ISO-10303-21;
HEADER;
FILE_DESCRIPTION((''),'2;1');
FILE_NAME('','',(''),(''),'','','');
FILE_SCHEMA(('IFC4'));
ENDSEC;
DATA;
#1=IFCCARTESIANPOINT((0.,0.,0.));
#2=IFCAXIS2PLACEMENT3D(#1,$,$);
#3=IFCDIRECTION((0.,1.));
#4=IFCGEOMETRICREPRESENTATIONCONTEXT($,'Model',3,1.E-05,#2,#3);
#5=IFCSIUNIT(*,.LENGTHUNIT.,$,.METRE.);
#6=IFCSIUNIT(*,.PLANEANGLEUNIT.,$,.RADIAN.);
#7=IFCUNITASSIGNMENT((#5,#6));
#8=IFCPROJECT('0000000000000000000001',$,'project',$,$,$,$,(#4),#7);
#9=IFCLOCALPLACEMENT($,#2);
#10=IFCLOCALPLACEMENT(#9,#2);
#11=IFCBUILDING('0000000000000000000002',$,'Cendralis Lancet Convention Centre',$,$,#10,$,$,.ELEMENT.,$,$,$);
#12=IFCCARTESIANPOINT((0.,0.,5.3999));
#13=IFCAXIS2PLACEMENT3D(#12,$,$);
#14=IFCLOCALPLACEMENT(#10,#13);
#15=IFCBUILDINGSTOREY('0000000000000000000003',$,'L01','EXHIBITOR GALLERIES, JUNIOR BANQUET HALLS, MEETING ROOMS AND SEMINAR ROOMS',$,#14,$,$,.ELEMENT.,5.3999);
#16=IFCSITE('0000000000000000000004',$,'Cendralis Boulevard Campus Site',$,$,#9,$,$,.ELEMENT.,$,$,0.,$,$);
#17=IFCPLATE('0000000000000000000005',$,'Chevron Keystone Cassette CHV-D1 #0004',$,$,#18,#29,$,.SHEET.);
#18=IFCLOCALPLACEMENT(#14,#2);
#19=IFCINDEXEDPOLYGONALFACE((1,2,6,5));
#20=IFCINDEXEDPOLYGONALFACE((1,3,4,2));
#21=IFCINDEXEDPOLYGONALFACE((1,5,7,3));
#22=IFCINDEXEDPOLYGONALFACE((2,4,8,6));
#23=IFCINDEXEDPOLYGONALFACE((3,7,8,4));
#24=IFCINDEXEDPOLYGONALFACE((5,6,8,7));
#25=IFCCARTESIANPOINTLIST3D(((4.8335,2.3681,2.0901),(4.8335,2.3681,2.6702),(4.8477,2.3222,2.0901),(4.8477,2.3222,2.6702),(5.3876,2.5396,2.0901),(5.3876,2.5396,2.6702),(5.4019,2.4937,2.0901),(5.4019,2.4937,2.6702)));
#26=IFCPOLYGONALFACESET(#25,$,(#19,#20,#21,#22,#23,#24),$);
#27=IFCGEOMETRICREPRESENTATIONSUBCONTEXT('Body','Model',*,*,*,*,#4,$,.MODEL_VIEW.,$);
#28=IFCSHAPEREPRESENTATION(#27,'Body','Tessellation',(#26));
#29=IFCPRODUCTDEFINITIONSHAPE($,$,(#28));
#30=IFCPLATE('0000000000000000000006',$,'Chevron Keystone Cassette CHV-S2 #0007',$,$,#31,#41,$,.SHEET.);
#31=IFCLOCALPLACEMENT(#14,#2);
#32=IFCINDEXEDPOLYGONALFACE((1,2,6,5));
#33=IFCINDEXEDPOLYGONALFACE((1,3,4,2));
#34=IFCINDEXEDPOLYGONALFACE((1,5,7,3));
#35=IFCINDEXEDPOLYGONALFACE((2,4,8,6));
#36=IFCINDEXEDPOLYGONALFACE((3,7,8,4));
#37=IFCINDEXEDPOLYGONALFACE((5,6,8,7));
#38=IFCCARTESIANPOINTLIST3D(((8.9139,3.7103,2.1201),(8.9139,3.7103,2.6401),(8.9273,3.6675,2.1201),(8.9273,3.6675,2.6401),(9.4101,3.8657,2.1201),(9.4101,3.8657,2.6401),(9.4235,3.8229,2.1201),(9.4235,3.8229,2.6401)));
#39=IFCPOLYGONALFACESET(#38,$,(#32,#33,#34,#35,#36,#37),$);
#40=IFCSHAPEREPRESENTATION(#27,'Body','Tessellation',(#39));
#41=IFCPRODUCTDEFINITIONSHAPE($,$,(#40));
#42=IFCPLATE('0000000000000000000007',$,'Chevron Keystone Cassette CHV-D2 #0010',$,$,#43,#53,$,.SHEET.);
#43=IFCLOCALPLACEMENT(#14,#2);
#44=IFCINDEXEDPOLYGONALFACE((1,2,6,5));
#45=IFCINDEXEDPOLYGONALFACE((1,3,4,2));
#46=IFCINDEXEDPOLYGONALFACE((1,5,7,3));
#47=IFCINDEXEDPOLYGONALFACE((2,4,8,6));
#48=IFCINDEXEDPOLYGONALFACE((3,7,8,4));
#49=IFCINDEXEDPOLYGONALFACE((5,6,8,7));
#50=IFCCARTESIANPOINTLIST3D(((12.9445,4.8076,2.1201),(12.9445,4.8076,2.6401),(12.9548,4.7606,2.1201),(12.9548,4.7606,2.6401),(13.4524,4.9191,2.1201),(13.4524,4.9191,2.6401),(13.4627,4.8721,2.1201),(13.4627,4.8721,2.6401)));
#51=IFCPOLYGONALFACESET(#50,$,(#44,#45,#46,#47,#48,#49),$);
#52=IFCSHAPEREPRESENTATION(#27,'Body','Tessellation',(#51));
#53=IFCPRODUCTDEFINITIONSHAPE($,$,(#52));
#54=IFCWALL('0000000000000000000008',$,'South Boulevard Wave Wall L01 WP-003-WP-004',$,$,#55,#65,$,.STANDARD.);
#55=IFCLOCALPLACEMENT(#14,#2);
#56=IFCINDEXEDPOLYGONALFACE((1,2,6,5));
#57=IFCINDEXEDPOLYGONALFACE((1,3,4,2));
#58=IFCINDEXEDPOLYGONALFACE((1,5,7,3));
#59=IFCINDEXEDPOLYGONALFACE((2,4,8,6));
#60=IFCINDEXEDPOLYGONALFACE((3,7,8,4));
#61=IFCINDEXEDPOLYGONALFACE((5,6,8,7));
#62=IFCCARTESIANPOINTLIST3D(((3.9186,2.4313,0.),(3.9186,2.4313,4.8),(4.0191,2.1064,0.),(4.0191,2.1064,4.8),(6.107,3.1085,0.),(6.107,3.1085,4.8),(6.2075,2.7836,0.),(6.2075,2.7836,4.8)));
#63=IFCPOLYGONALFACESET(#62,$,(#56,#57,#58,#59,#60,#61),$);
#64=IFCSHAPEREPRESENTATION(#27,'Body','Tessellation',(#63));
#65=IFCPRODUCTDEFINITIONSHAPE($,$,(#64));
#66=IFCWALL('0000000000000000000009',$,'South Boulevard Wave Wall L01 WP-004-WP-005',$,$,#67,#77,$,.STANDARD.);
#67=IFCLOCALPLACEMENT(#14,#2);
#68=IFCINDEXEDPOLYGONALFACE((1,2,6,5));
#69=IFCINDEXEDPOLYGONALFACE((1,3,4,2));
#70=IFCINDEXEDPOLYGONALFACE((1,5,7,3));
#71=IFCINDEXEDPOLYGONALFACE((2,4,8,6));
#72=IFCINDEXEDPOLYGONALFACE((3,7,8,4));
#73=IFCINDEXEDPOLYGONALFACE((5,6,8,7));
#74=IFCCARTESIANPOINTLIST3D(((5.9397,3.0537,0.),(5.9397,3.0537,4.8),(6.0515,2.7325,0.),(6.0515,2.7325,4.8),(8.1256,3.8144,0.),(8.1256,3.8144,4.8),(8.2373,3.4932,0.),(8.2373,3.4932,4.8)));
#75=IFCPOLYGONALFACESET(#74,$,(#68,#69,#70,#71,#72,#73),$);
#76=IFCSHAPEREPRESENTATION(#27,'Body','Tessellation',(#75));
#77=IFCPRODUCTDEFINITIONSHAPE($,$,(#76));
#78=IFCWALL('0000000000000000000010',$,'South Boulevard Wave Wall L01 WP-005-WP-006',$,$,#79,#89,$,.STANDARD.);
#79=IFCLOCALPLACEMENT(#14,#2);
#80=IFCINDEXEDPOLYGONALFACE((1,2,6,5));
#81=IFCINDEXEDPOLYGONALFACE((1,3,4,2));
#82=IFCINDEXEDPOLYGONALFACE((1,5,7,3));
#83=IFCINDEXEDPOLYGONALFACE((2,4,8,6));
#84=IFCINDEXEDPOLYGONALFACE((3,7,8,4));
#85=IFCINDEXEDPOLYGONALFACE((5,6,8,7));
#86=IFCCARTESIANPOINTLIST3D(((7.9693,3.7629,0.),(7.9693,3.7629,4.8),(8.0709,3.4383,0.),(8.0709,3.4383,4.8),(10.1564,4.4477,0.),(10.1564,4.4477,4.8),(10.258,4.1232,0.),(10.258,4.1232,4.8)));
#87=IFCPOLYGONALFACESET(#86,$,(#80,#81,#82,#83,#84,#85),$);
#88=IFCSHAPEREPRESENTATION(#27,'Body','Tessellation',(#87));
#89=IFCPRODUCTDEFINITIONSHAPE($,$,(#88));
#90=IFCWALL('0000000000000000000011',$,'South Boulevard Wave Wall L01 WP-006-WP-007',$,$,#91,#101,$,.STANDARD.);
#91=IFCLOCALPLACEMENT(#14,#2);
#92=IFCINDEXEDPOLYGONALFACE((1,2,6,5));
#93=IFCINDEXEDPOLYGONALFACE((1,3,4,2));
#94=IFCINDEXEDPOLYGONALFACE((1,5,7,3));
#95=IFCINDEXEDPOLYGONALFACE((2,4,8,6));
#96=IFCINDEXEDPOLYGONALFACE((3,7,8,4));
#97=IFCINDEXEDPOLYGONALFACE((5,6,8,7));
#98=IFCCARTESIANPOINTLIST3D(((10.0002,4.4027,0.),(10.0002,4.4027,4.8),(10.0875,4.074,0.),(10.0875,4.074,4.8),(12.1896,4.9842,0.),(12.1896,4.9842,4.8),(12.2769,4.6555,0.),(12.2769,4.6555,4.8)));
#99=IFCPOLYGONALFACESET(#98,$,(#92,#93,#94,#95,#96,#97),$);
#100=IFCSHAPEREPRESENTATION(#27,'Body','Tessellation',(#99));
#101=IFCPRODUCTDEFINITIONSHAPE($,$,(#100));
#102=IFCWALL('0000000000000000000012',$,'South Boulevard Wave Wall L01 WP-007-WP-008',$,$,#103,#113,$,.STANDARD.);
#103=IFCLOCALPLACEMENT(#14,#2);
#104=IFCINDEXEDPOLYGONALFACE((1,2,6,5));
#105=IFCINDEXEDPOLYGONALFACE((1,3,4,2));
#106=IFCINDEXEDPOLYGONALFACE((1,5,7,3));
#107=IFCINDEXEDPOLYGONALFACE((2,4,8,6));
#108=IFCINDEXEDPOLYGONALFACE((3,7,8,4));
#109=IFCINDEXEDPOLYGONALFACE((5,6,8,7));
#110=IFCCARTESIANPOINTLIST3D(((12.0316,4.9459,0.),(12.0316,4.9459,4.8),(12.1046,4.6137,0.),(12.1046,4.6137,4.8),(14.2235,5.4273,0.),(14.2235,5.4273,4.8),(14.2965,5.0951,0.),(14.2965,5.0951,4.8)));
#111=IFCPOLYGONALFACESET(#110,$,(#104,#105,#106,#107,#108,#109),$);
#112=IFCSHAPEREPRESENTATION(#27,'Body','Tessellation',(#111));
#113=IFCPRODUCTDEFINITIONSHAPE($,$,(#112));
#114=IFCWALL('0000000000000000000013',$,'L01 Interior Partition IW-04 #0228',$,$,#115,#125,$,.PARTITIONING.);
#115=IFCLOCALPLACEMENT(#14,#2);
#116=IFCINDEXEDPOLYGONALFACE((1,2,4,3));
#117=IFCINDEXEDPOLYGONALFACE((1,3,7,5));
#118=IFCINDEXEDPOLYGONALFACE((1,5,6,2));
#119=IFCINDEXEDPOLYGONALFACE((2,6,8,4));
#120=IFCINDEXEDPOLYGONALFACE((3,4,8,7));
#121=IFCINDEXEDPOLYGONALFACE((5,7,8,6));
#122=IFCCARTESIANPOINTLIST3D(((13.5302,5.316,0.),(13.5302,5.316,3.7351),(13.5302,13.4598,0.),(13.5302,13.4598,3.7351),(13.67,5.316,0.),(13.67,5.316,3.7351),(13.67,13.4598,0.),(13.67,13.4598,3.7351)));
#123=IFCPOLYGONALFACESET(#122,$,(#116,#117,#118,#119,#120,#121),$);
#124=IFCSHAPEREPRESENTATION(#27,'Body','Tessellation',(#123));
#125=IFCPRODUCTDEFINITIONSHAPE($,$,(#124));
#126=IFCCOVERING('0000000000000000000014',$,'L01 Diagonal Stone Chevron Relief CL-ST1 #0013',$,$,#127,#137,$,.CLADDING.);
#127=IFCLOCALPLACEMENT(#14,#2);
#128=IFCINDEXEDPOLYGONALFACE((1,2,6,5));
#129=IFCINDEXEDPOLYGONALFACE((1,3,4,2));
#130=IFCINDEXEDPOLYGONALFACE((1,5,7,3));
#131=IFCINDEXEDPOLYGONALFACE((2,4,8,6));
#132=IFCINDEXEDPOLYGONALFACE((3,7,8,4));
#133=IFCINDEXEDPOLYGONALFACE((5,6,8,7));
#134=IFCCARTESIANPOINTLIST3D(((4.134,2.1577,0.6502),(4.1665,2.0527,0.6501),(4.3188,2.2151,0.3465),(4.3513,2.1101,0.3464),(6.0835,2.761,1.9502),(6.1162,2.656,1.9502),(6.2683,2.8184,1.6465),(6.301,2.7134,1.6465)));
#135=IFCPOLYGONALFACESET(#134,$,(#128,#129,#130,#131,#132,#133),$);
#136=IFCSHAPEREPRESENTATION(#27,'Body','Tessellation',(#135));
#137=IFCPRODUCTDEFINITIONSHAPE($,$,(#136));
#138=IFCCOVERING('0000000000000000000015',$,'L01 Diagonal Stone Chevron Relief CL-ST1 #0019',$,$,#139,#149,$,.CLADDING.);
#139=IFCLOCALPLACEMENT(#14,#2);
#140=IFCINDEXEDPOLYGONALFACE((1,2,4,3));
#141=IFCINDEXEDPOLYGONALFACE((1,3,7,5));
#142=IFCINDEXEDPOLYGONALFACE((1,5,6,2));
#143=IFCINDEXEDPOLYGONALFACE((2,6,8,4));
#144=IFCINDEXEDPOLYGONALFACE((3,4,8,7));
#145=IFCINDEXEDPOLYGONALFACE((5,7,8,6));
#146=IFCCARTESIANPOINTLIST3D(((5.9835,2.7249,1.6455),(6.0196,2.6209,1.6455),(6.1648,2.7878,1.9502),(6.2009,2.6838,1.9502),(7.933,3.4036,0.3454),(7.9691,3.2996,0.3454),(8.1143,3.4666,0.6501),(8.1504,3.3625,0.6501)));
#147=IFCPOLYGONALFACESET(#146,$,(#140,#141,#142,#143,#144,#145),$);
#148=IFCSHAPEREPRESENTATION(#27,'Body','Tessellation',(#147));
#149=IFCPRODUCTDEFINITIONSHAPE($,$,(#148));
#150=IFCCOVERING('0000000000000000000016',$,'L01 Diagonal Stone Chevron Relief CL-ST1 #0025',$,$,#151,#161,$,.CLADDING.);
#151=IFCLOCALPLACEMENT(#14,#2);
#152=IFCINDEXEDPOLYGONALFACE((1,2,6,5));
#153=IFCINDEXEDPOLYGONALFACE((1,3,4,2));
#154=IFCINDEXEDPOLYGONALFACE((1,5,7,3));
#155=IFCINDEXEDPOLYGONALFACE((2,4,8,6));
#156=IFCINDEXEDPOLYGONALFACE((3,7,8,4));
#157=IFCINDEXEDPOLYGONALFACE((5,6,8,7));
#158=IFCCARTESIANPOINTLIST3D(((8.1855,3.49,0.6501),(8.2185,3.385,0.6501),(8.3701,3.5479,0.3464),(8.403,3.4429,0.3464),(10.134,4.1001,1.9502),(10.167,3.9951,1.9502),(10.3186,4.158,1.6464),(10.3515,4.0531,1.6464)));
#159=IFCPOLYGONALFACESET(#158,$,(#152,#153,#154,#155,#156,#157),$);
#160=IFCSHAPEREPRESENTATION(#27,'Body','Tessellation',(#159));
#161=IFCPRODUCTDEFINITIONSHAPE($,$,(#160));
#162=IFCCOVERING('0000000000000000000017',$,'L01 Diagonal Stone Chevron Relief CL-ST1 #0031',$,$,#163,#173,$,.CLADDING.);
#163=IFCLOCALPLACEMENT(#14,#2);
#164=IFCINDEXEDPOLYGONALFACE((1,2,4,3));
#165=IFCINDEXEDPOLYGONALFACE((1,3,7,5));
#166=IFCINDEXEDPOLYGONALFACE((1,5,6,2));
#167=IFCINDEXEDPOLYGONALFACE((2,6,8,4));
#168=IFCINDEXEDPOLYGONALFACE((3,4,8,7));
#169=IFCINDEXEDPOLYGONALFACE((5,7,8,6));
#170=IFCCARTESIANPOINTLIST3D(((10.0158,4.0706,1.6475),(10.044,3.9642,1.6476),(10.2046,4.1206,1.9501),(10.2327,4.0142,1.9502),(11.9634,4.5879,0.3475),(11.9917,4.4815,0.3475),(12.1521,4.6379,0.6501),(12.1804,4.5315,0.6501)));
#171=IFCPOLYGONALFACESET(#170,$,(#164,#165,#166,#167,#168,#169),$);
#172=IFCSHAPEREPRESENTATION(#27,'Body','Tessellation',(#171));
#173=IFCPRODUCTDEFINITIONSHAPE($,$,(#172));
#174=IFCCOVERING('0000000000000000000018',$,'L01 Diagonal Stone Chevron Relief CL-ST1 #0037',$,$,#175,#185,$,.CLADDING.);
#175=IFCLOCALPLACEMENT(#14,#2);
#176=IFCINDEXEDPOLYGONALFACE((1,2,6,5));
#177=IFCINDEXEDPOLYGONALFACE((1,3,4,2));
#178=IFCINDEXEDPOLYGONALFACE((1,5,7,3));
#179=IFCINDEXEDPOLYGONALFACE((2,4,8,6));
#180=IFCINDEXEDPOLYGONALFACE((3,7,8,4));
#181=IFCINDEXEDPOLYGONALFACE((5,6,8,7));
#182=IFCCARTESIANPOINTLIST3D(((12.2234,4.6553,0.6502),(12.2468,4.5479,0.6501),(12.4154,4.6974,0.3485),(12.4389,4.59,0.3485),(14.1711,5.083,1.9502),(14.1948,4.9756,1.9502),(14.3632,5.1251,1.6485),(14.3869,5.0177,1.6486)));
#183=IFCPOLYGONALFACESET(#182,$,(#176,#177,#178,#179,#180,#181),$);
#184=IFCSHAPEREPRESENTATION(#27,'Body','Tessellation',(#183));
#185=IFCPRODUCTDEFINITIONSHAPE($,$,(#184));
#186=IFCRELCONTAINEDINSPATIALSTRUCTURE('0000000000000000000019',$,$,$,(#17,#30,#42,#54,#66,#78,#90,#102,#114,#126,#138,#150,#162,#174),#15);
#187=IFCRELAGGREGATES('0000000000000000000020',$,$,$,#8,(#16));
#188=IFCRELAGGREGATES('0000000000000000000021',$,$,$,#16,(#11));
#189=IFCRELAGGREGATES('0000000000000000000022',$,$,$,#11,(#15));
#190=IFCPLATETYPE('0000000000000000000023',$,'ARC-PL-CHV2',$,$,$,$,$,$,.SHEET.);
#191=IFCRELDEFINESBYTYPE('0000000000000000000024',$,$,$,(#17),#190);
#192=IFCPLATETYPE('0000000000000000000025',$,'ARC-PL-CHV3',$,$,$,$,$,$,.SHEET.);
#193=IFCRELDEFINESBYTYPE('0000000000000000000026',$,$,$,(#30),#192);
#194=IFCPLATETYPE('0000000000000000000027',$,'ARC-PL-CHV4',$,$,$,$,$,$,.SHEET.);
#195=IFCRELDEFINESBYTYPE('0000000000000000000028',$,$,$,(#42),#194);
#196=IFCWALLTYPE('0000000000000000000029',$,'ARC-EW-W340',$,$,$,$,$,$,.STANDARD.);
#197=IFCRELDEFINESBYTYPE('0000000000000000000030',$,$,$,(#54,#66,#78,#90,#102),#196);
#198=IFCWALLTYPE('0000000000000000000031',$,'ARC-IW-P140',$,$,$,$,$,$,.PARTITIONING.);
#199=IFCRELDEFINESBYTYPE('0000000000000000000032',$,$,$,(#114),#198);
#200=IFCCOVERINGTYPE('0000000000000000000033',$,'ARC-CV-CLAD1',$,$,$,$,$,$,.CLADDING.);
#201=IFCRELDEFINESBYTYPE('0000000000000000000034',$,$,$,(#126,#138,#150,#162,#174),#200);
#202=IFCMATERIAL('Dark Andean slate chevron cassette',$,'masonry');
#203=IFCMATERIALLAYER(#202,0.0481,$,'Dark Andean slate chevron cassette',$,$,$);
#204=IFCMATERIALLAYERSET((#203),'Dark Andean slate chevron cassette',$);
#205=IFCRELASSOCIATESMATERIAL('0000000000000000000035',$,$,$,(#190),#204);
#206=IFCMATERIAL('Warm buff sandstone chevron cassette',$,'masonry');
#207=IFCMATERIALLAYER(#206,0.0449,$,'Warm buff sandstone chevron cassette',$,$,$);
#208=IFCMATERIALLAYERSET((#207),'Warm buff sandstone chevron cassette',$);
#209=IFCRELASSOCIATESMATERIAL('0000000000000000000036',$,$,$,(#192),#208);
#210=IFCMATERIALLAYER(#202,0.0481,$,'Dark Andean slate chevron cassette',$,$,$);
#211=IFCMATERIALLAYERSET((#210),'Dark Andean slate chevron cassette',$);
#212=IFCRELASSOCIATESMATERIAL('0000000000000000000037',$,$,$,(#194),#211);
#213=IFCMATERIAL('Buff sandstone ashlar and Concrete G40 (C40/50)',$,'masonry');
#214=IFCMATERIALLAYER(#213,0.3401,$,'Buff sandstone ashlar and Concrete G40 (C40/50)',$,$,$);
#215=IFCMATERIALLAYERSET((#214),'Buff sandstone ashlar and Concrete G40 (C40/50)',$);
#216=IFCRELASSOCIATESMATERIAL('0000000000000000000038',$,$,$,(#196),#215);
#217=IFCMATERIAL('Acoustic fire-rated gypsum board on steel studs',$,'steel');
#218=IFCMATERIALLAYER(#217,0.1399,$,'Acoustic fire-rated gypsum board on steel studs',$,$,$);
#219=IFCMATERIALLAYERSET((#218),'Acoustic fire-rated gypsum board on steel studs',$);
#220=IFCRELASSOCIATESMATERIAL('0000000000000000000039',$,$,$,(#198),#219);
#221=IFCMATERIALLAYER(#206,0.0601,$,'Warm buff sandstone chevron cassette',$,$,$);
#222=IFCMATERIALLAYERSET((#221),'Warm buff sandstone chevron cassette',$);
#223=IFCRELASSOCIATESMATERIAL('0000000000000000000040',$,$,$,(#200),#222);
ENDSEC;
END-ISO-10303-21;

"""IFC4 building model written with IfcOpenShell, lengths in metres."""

from ifc_helpers import new_model, si_unit, direction, frame, frame_2d, origin, origin_2d, place, context, subcontext, project, spatial, polyline, rectangle, outline, extrude, material, layer, layer_set, type_object, element, save


model = new_model("IFC4")

# Units and contexts
model_context = context("Model", 3, precision=1e-05, world=origin(), true_north=direction((0.0, 1.0)))
body_context = subcontext(model_context, "Body", "Model", "MODEL_VIEW")
ifc_project = project(units=[si_unit("LENGTHUNIT", "METRE"), si_unit("PLANEANGLEUNIT", "RADIAN")], contexts=[model_context])

# Site, building, storey
site_placement = place(None, origin())
site = spatial("IfcSite", under=ifc_project, at=site_placement, Name="Cendralis Boulevard Campus Site", CompositionType="ELEMENT", RefElevation=0.0)
building_placement = place(site_placement, origin())
building = spatial("IfcBuilding", under=site, at=building_placement, Name="Cendralis Lancet Convention Centre", CompositionType="ELEMENT")
storey_placement = place(building_placement, frame((0.0, 0.0, 5.3999)))
storey = spatial("IfcBuildingStorey", under=building, at=storey_placement, Name="L01", Description="EXHIBITOR GALLERIES, JUNIOR BANQUET HALLS, MEETING ROOMS AND SEMINAR ROOMS", CompositionType="ELEMENT", Elevation=5.3999)

# Plates
ifc_material_1 = material(Name="Dark Andean slate chevron cassette", Category="masonry")
ifc_layer_1 = layer(ifc_material_1, 0.0481, Name="Dark Andean slate chevron cassette")
ifc_layer_set_1 = layer_set([ifc_layer_1], Name="Dark Andean slate chevron cassette")
plate_type_1 = type_object("IfcPlateType", Name="ARC-PL-CHV2", PredefinedType="SHEET", material=ifc_layer_set_1)
plate_1_placement = place(storey_placement, frame((5.1177, 2.4309, 2.0901), z_axis=(0.0, 0.0, 1.0), x_axis=(0.955299, 0.295641, 0.0)))
element("IfcPlate", 1, at=plate_1_placement, inside=storey, type_object=plate_type_1, Name="Chevron Keystone Cassette CHV-D1 #0004", PredefinedType="SHEET", context=body_context, shape_type="SweptSolid", body=[
    extrude(rectangle(XDim=0.5801, YDim=0.0481, at=origin_2d()), origin(), (0.0, 0.0, 1.0), 0.5801),
])
ifc_material_2 = material(Name="Warm buff sandstone chevron cassette", Category="masonry")
ifc_layer_2 = layer(ifc_material_2, 0.0449, Name="Warm buff sandstone chevron cassette")
ifc_layer_set_2 = layer_set([ifc_layer_2], Name="Warm buff sandstone chevron cassette")
plate_type_2 = type_object("IfcPlateType", Name="ARC-PL-CHV3", PredefinedType="SHEET", material=ifc_layer_set_2)
plate_2_placement = place(storey_placement, frame((9.1687, 3.7666, 2.1201), z_axis=(0.0, 0.0, 1.0), x_axis=(0.954319, 0.298791, 0.0)))
element("IfcPlate", 2, at=plate_2_placement, inside=storey, type_object=plate_type_2, Name="Chevron Keystone Cassette CHV-S2 #0007", PredefinedType="SHEET", context=body_context, shape_type="SweptSolid", body=[
    extrude(rectangle(XDim=0.52, YDim=0.0449, at=origin_2d()), origin(), (0.0, 0.0, 1.0), 0.52),
])
ifc_layer_3 = layer(ifc_material_1, 0.0481, Name="Dark Andean slate chevron cassette")
ifc_layer_set_3 = layer_set([ifc_layer_3], Name="Dark Andean slate chevron cassette")
plate_type_3 = type_object("IfcPlateType", Name="ARC-PL-CHV4", PredefinedType="SHEET", material=ifc_layer_set_3)
plate_3_placement = place(storey_placement, frame((13.2036, 4.8398, 2.1201), z_axis=(0.0, 0.0, 1.0), x_axis=(0.976717, 0.214531, 0.0)))
element("IfcPlate", 3, at=plate_3_placement, inside=storey, type_object=plate_type_3, Name="Chevron Keystone Cassette CHV-D2 #0010", PredefinedType="SHEET", context=body_context, shape_type="SweptSolid", body=[
    extrude(rectangle(XDim=0.52, YDim=0.0481, at=origin_2d()), origin(), (0.0, 0.0, 1.0), 0.52),
])

# Walls
ifc_material_3 = material(Name="Buff sandstone ashlar and Concrete G40 (C40/50)", Category="masonry")
ifc_layer_4 = layer(ifc_material_3, 0.3401, Name="Buff sandstone ashlar and Concrete G40 (C40/50)")
ifc_layer_set_4 = layer_set([ifc_layer_4], Name="Buff sandstone ashlar and Concrete G40 (C40/50)")
wall_type_1 = type_object("IfcWallType", Name="ARC-EW-W340", PredefinedType="STANDARD", material=ifc_layer_set_4)
wall_1_placement = place(storey_placement, frame((3.9688, 2.2688, 0.0), z_axis=(0.0, 0.0, 1.0), x_axis=(0.955303, 0.295628, 0.0)))
element("IfcWall", 4, at=wall_1_placement, inside=storey, type_object=wall_type_1, Name="South Boulevard Wave Wall L01 WP-003-WP-004", PredefinedType="STANDARD", context=body_context, shape_type="SweptSolid", body=[
    extrude(rectangle(XDim=2.2908, YDim=0.3401, at=frame_2d((1.1455, 0.0))), origin(), (0.0, 0.0, 1.0), 4.8),
])
wall_2_placement = place(storey_placement, frame((5.9956, 2.8931, 0.0), z_axis=(0.0, 0.0, 1.0), x_axis=(0.944434, 0.328701, 0.0)))
element("IfcWall", 5, at=wall_2_placement, inside=storey, type_object=wall_type_1, Name="South Boulevard Wave Wall L01 WP-004-WP-005", PredefinedType="STANDARD", context=body_context, shape_type="SweptSolid", body=[
    extrude(rectangle(XDim=2.3145, YDim=0.3401, at=frame_2d((1.1572, 0.0))), origin(), (0.0, 0.0, 1.0), 4.8),
])
wall_3_placement = place(storey_placement, frame((8.02, 3.6006, 0.0), z_axis=(0.0, 0.0, 1.0), x_axis=(0.954309, 0.298821, 0.0)))
element("IfcWall", 6, at=wall_3_placement, inside=storey, type_object=wall_type_1, Name="South Boulevard Wave Wall L01 WP-005-WP-006", PredefinedType="STANDARD", context=body_context, shape_type="SweptSolid", body=[
    extrude(rectangle(XDim=2.2917, YDim=0.3401, at=frame_2d((1.146, 0.0))), origin(), (0.0, 0.0, 1.0), 4.8),
])
wall_4_placement = place(storey_placement, frame((10.0437, 4.2383, 0.0), z_axis=(0.0, 0.0, 1.0), x_axis=(0.966488, 0.25671, 0.0)))
element("IfcWall", 7, at=wall_4_placement, inside=storey, type_object=wall_type_1, Name="South Boulevard Wave Wall L01 WP-006-WP-007", PredefinedType="STANDARD", context=body_context, shape_type="SweptSolid", body=[
    extrude(rectangle(XDim=2.2654, YDim=0.3401, at=frame_2d((1.1328, 0.0))), origin(), (0.0, 0.0, 1.0), 4.8),
])
wall_5_placement = place(storey_placement, frame((12.0681, 4.7798, 0.0), z_axis=(0.0, 0.0, 1.0), x_axis=(0.976717, 0.214534, 0.0)))
element("IfcWall", 8, at=wall_5_placement, inside=storey, type_object=wall_type_1, Name="South Boulevard Wave Wall L01 WP-007-WP-008", PredefinedType="STANDARD", context=body_context, shape_type="SweptSolid", body=[
    extrude(rectangle(XDim=2.2441, YDim=0.3401, at=frame_2d((1.1221, 0.0))), origin(), (0.0, 0.0, 1.0), 4.8),
])
ifc_material_4 = material(Name="Acoustic fire-rated gypsum board on steel studs", Category="steel")
ifc_layer_5 = layer(ifc_material_4, 0.1399, Name="Acoustic fire-rated gypsum board on steel studs")
ifc_layer_set_5 = layer_set([ifc_layer_5], Name="Acoustic fire-rated gypsum board on steel studs")
wall_type_2 = type_object("IfcWallType", Name="ARC-IW-P140", PredefinedType="PARTITIONING", material=ifc_layer_set_5)
wall_6_placement = place(storey_placement, frame((13.6001, 5.3162, 0.0), z_axis=(0.0, 0.0, 1.0), x_axis=(0.0, 1.0, 0.0)))
element("IfcWall", 9, at=wall_6_placement, inside=storey, type_object=wall_type_2, Name="L01 Interior Partition IW-04 #0228", PredefinedType="PARTITIONING", context=body_context, shape_type="SweptSolid", body=[
    extrude(rectangle(XDim=8.1438, YDim=0.1399, at=frame_2d((4.0718, 0.0))), origin(), (0.0, 0.0, 1.0), 3.7351),
])

# Coverings
ifc_layer_6 = layer(ifc_material_2, 0.0601, Name="Warm buff sandstone chevron cassette")
ifc_layer_set_6 = layer_set([ifc_layer_6], Name="Warm buff sandstone chevron cassette")
covering_type_1 = type_object("IfcCoveringType", Name="ARC-CV-CLAD1", PredefinedType="CLADDING", material=ifc_layer_set_6)
covering_1_placement = place(storey_placement, frame((4.1665, 2.0527, 0.6501), z_axis=(-0.513117, -0.159305, 0.843406), x_axis=(0.805718, 0.249302, 0.537277)))
element("IfcCovering", 10, at=covering_1_placement, inside=storey, type_object=covering_type_1, Name="L01 Diagonal Stone Chevron Relief CL-ST1 #0013", PredefinedType="CLADDING", context=body_context, shape_type="SweptSolid", body=[
    extrude(outline(polyline([(0.0, 0.0), (2.4198, 0.0), (2.4196, 0.11), (0.0, 0.1099), (0.0, 0.0)])), origin(), (0.0, 0.0, -1.0), 0.3601),
])
covering_2_placement = place(storey_placement, frame((6.2009, 2.6838, 1.9502), z_axis=(0.5034, 0.17489, 0.846169), x_axis=(0.799123, 0.278217, -0.532915)))
element("IfcCovering", 11, at=covering_2_placement, inside=storey, type_object=covering_type_1, Name="L01 Diagonal Stone Chevron Relief CL-ST1 #0019", PredefinedType="CLADDING", context=body_context, shape_type="SweptSolid", body=[
    extrude(outline(polyline([(0.0, 0.0), (2.4395, 0.0), (2.4396, 0.1101), (0.0001, 0.1101), (0.0, 0.0)])), origin(), (0.0, 0.0, -1.0), 0.3601),
])
covering_3_placement = place(storey_placement, frame((8.2185, 3.385, 0.6501), z_axis=(-0.512432, -0.16088, 0.843523), x_axis=(0.804984, 0.252055, 0.537093)))
element("IfcCovering", 12, at=covering_3_placement, inside=storey, type_object=covering_type_1, Name="L01 Diagonal Stone Chevron Relief CL-ST1 #0025", PredefinedType="CLADDING", context=body_context, shape_type="SweptSolid", body=[
    extrude(outline(polyline([(0.0, 0.0), (2.4205, 0.0), (2.4205, 0.11), (-0.0001, 0.11), (0.0, 0.0)])), origin(), (0.0, 0.0, -1.0), 0.3601),
])
covering_4_placement = place(storey_placement, frame((10.2327, 4.0142, 1.9502), z_axis=(0.524034, 0.138821, 0.840308), x_axis=(0.812149, 0.215711, -0.542109)))
element("IfcCovering", 13, at=covering_4_placement, inside=storey, type_object=covering_type_1, Name="L01 Diagonal Stone Chevron Relief CL-ST1 #0031", PredefinedType="CLADDING", context=body_context, shape_type="SweptSolid", body=[
    extrude(outline(polyline([(0.0, 0.0), (2.3982, 0.0), (2.3982, 0.1101), (0.0002, 0.1101), (0.0, 0.0)])), origin(), (0.0, 0.0, -1.0), 0.3601),
])
covering_5_placement = place(storey_placement, frame((12.2468, 4.5479, 0.6501), z_axis=(-0.533421, -0.116989, 0.837721), x_axis=(0.818228, 0.179664, 0.546099)))
element("IfcCovering", 14, at=covering_5_placement, inside=storey, type_object=covering_type_1, Name="L01 Diagonal Stone Chevron Relief CL-ST1 #0037", PredefinedType="CLADDING", context=body_context, shape_type="SweptSolid", body=[
    extrude(outline(polyline([(0.0, 0.0), (2.3807, 0.0), (2.3806, 0.11), (0.0001, 0.1099), (0.0, 0.0)])), origin(), (0.0, 0.0, -1.0), 0.3601),
])

save(model, "model.ifc")
